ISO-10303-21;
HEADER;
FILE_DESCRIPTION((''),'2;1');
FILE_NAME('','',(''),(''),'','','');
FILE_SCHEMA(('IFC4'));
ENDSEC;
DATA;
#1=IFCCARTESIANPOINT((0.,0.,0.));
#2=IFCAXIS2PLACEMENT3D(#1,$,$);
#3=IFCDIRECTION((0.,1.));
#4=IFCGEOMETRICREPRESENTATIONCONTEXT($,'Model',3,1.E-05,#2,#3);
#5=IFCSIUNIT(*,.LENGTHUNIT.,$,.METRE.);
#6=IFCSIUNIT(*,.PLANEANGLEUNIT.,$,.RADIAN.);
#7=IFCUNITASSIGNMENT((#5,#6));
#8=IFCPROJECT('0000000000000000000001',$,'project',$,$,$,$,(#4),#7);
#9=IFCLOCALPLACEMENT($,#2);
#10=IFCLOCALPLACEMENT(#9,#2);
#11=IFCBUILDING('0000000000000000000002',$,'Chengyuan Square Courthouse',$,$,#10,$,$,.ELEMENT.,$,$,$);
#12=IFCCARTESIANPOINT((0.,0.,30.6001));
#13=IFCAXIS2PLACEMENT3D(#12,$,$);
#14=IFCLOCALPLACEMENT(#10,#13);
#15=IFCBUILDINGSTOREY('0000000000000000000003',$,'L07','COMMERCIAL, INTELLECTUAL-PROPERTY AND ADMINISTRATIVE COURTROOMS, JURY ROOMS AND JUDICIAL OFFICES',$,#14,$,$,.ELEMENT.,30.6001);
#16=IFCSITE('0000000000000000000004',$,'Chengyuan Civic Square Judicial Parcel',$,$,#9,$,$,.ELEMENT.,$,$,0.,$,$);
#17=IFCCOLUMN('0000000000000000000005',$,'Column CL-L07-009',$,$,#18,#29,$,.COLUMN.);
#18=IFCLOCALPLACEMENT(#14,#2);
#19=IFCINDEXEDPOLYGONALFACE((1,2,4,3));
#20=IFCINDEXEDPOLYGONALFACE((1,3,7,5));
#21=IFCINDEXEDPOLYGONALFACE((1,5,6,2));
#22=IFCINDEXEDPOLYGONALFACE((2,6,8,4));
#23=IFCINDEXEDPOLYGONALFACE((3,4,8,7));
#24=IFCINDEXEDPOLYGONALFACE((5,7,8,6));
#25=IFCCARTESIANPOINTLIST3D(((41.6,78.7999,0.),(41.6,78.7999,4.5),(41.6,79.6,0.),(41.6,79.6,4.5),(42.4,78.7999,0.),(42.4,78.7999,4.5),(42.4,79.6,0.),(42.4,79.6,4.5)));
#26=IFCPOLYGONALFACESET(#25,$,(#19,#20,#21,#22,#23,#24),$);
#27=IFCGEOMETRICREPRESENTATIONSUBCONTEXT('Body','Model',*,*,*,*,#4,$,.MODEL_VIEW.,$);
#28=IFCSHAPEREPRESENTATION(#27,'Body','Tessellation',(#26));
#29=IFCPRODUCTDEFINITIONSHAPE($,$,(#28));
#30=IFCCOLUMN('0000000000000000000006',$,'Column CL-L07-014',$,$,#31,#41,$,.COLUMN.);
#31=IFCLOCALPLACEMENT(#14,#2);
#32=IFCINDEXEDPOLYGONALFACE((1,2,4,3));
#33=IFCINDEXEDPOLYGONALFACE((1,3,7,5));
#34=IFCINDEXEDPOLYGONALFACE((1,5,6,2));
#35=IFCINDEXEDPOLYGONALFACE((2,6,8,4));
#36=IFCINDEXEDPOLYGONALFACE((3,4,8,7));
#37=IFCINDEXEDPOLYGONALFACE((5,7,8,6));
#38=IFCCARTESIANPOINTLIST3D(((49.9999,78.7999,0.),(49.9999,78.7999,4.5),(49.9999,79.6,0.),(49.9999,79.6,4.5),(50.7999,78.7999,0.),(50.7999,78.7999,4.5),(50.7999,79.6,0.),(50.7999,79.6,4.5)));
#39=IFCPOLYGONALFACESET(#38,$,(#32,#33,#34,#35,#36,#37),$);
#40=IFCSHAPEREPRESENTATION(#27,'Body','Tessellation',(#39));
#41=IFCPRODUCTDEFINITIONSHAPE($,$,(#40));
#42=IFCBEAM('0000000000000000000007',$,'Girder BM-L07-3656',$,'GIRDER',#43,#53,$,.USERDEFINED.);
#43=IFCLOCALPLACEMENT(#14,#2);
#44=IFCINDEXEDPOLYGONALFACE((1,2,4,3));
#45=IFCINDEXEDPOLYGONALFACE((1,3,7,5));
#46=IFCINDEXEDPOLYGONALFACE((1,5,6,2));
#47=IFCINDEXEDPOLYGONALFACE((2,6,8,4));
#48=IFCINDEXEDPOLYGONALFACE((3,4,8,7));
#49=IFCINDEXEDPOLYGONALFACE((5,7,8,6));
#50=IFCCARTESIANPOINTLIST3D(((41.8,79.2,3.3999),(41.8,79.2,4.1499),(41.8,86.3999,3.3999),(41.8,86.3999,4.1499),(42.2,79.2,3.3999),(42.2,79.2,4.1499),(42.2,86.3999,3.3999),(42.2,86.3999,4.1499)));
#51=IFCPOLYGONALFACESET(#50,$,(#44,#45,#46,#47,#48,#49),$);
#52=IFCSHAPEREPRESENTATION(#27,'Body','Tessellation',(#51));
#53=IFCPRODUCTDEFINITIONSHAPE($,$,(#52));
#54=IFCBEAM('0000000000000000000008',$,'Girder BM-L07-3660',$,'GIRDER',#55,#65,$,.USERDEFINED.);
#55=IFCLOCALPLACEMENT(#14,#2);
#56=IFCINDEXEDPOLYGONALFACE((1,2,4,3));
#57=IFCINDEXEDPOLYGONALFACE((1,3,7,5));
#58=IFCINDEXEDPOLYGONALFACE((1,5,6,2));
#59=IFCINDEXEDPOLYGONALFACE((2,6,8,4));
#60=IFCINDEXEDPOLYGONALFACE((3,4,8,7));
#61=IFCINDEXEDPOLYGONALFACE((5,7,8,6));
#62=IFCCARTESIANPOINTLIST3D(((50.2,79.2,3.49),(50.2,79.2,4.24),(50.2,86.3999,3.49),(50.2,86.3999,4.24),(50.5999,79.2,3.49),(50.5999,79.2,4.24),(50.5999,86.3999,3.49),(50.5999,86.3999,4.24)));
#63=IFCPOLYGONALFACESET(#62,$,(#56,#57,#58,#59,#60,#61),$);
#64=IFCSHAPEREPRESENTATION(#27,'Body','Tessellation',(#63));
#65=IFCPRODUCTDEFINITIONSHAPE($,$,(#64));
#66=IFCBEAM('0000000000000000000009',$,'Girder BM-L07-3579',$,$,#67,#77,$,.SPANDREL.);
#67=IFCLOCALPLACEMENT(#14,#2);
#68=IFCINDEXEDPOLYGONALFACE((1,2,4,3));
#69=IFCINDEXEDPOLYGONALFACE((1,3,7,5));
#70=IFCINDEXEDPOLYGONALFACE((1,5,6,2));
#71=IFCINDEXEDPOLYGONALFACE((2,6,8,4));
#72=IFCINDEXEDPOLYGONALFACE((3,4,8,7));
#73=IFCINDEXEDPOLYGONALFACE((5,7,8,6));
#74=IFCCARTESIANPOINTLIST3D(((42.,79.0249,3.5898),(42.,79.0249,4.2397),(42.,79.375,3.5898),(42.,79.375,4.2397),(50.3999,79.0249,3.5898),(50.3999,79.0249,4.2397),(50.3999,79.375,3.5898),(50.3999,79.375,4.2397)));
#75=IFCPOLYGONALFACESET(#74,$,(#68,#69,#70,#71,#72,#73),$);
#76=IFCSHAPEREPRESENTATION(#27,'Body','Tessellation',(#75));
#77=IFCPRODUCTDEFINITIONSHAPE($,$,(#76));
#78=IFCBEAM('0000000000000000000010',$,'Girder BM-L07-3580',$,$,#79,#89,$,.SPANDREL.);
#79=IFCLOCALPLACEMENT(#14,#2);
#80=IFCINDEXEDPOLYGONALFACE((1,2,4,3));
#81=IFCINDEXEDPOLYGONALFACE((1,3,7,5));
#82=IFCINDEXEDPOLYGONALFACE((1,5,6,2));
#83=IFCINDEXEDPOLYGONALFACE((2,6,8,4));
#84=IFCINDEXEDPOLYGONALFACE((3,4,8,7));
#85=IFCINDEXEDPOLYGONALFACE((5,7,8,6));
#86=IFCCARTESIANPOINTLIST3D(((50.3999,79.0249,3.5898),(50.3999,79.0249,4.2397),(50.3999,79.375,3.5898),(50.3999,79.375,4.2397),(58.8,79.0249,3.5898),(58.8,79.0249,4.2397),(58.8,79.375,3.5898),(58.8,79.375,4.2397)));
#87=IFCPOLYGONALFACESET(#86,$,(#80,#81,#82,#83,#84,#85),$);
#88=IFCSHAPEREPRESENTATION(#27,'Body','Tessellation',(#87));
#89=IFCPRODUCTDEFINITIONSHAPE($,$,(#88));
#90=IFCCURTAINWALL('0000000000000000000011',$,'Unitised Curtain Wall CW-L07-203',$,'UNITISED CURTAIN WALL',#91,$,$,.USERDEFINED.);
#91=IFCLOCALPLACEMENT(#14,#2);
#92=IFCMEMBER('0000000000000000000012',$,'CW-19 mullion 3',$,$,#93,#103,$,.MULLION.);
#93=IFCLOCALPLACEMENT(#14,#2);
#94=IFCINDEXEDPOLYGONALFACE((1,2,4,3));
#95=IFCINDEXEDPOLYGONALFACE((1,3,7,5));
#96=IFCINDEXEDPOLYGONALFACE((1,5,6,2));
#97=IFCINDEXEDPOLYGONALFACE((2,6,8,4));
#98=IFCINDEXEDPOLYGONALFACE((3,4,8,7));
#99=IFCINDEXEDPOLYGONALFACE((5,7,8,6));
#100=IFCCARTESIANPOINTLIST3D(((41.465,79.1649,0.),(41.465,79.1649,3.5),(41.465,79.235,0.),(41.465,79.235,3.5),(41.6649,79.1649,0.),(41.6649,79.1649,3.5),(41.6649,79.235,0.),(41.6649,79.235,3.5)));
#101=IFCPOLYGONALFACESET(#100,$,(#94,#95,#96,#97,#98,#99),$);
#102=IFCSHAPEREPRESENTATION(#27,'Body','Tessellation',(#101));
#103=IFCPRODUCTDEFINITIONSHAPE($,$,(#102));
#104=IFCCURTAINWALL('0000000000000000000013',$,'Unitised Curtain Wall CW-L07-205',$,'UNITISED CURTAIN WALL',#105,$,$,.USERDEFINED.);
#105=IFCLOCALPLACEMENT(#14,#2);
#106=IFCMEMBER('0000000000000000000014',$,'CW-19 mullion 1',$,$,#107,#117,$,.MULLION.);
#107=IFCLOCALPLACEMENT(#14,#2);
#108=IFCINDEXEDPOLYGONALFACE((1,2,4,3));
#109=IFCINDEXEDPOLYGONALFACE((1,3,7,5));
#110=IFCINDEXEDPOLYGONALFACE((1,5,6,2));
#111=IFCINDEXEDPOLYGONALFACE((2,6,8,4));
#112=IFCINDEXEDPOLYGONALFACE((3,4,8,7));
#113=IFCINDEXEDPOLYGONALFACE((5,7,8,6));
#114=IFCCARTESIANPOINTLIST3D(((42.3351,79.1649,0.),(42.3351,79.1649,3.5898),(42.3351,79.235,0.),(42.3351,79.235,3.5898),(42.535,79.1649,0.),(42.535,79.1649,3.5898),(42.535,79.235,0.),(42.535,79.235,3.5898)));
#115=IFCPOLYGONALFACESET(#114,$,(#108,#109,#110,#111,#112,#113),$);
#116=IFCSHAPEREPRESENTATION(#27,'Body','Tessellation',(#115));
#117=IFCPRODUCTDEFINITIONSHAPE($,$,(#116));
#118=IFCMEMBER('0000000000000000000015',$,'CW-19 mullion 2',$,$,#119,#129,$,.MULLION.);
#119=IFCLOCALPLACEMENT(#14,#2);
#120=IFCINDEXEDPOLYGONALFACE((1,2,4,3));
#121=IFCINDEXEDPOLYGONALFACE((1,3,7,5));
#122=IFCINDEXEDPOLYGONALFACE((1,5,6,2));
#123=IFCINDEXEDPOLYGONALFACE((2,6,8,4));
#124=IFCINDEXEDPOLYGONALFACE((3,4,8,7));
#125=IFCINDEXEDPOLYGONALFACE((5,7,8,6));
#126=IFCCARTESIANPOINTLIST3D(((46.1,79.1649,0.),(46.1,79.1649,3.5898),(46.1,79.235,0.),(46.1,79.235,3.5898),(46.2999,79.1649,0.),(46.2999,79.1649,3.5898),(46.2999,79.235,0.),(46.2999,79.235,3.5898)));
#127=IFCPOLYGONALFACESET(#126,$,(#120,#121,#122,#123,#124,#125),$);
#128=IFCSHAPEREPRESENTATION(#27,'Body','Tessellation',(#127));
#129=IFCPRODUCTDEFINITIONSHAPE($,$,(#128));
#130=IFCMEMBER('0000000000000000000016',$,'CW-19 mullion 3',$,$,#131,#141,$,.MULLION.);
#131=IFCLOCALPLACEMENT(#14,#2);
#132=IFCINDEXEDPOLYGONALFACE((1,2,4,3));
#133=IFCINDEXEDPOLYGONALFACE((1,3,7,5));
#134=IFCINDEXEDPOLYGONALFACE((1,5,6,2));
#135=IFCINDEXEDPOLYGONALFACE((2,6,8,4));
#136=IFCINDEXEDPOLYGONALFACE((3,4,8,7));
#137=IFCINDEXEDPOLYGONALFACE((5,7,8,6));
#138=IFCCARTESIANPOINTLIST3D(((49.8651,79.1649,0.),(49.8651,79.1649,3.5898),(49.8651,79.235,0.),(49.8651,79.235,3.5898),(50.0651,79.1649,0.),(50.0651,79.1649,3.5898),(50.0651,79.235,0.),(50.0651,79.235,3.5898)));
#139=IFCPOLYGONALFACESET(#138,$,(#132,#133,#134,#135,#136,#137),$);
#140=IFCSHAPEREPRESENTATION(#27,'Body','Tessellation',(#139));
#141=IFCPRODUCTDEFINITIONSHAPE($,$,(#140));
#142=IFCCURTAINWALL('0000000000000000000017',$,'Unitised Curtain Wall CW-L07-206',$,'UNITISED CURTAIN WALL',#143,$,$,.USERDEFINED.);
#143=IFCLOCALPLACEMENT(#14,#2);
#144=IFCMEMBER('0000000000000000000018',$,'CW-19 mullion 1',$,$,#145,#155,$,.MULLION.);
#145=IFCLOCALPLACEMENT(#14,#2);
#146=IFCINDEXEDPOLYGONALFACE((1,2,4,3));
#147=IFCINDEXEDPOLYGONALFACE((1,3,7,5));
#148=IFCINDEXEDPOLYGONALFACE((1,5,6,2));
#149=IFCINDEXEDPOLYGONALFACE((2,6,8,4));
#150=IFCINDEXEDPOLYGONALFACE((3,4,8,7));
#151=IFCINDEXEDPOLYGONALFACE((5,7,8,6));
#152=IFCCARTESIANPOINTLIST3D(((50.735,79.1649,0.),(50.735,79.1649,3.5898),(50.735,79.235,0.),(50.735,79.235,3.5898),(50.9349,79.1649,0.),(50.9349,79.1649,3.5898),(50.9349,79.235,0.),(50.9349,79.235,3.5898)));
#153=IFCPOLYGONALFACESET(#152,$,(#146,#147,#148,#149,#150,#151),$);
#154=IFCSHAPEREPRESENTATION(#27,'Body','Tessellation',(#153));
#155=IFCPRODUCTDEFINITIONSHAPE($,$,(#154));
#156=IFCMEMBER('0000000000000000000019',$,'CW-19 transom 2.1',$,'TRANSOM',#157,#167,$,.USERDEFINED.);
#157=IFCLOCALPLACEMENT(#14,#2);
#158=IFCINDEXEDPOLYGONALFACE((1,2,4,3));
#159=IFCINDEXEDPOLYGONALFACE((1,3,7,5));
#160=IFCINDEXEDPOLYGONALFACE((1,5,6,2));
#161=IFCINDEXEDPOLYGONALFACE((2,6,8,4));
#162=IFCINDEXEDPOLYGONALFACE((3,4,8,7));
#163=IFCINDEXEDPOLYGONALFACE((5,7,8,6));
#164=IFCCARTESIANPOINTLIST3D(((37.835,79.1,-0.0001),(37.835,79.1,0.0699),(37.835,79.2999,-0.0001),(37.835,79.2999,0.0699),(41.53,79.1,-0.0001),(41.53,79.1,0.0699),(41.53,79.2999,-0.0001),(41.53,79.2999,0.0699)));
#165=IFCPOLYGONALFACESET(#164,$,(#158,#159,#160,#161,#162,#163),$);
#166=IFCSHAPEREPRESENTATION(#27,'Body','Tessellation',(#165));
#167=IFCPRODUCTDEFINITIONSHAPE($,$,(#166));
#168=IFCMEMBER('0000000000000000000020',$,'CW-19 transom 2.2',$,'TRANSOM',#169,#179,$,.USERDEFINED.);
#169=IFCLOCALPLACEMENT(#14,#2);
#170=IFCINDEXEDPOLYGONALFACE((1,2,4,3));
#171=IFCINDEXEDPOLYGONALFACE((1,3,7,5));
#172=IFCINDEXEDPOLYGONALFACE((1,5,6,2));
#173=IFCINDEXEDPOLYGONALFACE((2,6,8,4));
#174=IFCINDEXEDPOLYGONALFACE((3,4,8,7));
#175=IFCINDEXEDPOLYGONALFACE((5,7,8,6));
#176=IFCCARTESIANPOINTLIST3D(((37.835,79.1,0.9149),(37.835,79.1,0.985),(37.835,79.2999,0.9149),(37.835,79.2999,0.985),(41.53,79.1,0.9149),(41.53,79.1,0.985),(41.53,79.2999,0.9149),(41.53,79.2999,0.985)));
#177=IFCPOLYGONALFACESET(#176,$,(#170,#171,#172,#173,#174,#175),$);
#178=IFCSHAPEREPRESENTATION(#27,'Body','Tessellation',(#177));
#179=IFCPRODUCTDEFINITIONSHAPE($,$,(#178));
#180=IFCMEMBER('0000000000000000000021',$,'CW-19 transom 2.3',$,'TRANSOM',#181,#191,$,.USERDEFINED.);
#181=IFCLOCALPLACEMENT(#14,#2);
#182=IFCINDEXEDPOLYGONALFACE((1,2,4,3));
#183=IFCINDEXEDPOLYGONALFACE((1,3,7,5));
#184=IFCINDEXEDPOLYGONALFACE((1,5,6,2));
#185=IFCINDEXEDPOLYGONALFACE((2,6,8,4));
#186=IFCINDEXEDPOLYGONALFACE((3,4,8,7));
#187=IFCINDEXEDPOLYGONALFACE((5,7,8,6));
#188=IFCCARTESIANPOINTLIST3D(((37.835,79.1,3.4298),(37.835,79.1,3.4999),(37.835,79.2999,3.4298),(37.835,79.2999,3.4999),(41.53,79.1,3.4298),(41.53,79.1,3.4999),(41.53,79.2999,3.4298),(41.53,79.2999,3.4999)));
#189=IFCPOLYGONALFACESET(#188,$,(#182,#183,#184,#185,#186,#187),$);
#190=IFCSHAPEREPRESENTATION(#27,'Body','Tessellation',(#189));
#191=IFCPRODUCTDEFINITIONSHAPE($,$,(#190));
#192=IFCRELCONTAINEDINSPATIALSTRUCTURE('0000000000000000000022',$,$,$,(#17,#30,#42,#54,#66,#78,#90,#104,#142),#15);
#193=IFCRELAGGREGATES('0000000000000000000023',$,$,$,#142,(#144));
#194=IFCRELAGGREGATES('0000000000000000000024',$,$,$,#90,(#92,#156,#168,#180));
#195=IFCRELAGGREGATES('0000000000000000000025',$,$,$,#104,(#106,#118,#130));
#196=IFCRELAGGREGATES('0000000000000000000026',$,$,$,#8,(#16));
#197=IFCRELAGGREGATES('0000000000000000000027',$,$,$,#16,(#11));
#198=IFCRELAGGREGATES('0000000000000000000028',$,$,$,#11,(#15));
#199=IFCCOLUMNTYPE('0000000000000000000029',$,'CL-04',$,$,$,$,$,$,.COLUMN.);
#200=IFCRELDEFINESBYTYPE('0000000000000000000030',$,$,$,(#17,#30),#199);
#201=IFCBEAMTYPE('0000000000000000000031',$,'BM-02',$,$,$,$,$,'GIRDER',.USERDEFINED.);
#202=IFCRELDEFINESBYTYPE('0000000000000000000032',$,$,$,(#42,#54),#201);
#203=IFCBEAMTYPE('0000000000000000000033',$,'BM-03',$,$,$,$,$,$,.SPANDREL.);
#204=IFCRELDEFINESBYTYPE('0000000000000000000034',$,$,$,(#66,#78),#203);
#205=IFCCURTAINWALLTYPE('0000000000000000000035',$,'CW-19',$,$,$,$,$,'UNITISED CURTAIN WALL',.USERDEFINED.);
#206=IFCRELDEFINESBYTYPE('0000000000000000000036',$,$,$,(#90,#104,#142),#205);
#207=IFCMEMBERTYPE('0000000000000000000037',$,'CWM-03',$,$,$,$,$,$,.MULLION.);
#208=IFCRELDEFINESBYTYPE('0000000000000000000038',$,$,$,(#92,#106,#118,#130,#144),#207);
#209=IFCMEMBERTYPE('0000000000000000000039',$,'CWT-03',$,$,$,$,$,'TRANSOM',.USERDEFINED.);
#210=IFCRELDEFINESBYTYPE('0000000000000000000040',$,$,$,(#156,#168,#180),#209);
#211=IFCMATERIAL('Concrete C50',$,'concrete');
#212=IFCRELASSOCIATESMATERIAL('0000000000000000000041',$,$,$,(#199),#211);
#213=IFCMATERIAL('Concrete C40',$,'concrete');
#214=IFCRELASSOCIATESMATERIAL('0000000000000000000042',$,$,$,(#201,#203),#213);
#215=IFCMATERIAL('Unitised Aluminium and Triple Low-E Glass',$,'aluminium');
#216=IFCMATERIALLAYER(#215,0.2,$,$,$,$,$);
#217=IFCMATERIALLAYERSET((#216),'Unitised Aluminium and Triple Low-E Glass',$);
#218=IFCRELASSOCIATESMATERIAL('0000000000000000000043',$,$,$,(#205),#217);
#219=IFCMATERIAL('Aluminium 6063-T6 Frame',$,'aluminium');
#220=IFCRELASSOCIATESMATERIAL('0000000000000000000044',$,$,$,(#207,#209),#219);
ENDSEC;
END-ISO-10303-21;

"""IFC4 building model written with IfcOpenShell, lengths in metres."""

from ifc_helpers import new_model, si_unit, direction, frame, origin, origin_2d, place, context, subcontext, project, spatial, rectangle, extrude, material, layer, layer_set, material_profile, profile_set, type_object, element, aggregate, save


model = new_model("IFC4")

# Units and contexts
model_context = context("Model", 3, precision=1e-05, world=origin(), true_north=direction((0.0, 1.0)))
body_context = subcontext(model_context, "Body", "Model", "MODEL_VIEW")
ifc_project = project(units=[si_unit("LENGTHUNIT", "METRE"), si_unit("PLANEANGLEUNIT", "RADIAN")], contexts=[model_context])

# Site, building, storey
site_placement = place(None, origin())
site = spatial("IfcSite", under=ifc_project, at=site_placement, Name="Chengyuan Civic Square Judicial Parcel", CompositionType="ELEMENT", RefElevation=0.0)
building_placement = place(site_placement, origin())
building = spatial("IfcBuilding", under=site, at=building_placement, Name="Chengyuan Square Courthouse", CompositionType="ELEMENT")
storey_placement = place(building_placement, frame((0.0, 0.0, 30.6001)))
storey = spatial("IfcBuildingStorey", under=building, at=storey_placement, Name="L07", Description="COMMERCIAL, INTELLECTUAL-PROPERTY AND ADMINISTRATIVE COURTROOMS, JURY ROOMS AND JUDICIAL OFFICES", CompositionType="ELEMENT", Elevation=30.6001)

# Columns
ifc_material_1 = material(Name="Concrete C50", Category="concrete")
ifc_material_profile_1 = material_profile(ifc_material_1, rectangle(XDim=0.8, YDim=0.8, at=origin_2d()), Name="RC-COL-800x800")
ifc_profile_set_1 = profile_set([ifc_material_profile_1], Name="Concrete C50")
column_type = type_object("IfcColumnType", Name="CL-04", PredefinedType="COLUMN", material=ifc_profile_set_1)
for number, where, z_axis, x_axis, name in (
    (1, (42.0, 79.2, 0.0), (0.0, 0.0, 1.0), (1.0, 0.0, 0.0), "Column CL-L07-009"),
    (2, (50.3999, 79.2, 0.0), (0.0, 0.0, 1.0), (1.0, 0.0, 0.0), "Column CL-L07-014"),
):
    element("IfcColumn", number, at=place(storey_placement, frame(where, z_axis=z_axis, x_axis=x_axis)), inside=storey, type_object=column_type, Name=name, PredefinedType="COLUMN", context=body_context, shape_type="SweptSolid", body=[
        extrude(rectangle(XDim=0.8, YDim=0.8, at=origin_2d()), origin(), (0.0, 0.0, 1.0), 4.5),
    ])

# Beams
ifc_material_2 = material(Name="Concrete C40", Category="concrete")
ifc_material_profile_2 = material_profile(ifc_material_2, rectangle(XDim=0.3999, YDim=0.75, at=origin_2d()), Name="RC-BM-400x750")
ifc_profile_set_2 = profile_set([ifc_material_profile_2], Name="Concrete C40")
beam_type_1 = type_object("IfcBeamType", Name="BM-02", ElementType="GIRDER", PredefinedType="USERDEFINED", material=ifc_profile_set_2)
for number, where, z_axis, x_axis, name in (
    (3, (42.0, 79.2, 3.7749), (0.0, 1.0, 0.0), (-1.0, 0.0, 0.0), "Girder BM-L07-3656"),
    (4, (50.3999, 79.2, 3.865), (0.0, 1.0, 0.0), (-1.0, 0.0, 0.0), "Girder BM-L07-3660"),
):
    element("IfcBeam", number, at=place(storey_placement, frame(where, z_axis=z_axis, x_axis=x_axis)), inside=storey, type_object=beam_type_1, Name=name, ObjectType="GIRDER", PredefinedType="USERDEFINED", context=body_context, shape_type="SweptSolid", body=[
        extrude(rectangle(XDim=0.3999, YDim=0.75, at=origin_2d()), origin(), (0.0, 0.0, 1.0), 7.2),
    ])
ifc_material_profile_3 = material_profile(ifc_material_2, rectangle(XDim=0.3501, YDim=0.6499, at=origin_2d()), Name="RC-BM-350x650")
ifc_profile_set_3 = profile_set([ifc_material_profile_3], Name="Concrete C40")
beam_type_2 = type_object("IfcBeamType", Name="BM-03", PredefinedType="SPANDREL", material=ifc_profile_set_3)
beam_1_placement = place(storey_placement, frame((42.0, 79.2, 3.9148), z_axis=(1.0, 0.0, 0.0), x_axis=(0.0, 1.0, 0.0)))
element("IfcBeam", 5, at=beam_1_placement, inside=storey, type_object=beam_type_2, Name="Girder BM-L07-3579", PredefinedType="SPANDREL", context=body_context, shape_type="SweptSolid", body=[
    extrude(rectangle(XDim=0.3501, YDim=0.6499, at=origin_2d()), origin(), (0.0, 0.0, 1.0), 8.3999),
])
beam_2_placement = place(storey_placement, frame((50.3999, 79.2, 3.9148), z_axis=(1.0, 0.0, 0.0), x_axis=(0.0, 1.0, 0.0)))
element("IfcBeam", 6, at=beam_2_placement, inside=storey, type_object=beam_type_2, Name="Girder BM-L07-3580", PredefinedType="SPANDREL", context=body_context, shape_type="SweptSolid", body=[
    extrude(rectangle(XDim=0.3501, YDim=0.6499, at=origin_2d()), origin(), (0.0, 0.0, 1.0), 8.4001),
])

# Curtain wall, member
ifc_material_3 = material(Name="Unitised Aluminium and Triple Low-E Glass", Category="aluminium")
ifc_layer_1 = layer(ifc_material_3, 0.2)
ifc_layer_set_1 = layer_set([ifc_layer_1], Name="Unitised Aluminium and Triple Low-E Glass")
curtain_wall_type = type_object("IfcCurtainWallType", Name="CW-19", ElementType="UNITISED CURTAIN WALL", PredefinedType="USERDEFINED", material=ifc_layer_set_1)
curtain_wall_1_placement = place(storey_placement, origin())
curtain_wall_1 = element("IfcCurtainWall", 7, at=curtain_wall_1_placement, inside=storey, type_object=curtain_wall_type, Name="Unitised Curtain Wall CW-L07-203", ObjectType="UNITISED CURTAIN WALL", PredefinedType="USERDEFINED")
ifc_material_4 = material(Name="Aluminium 6063-T6 Frame", Category="aluminium")
ifc_material_profile_4 = material_profile(ifc_material_4, rectangle(XDim=0.0701, YDim=0.2, at=origin_2d()), Name="CW-MUL-70x200")
ifc_profile_set_4 = profile_set([ifc_material_profile_4], Name="Aluminium 6063-T6 Frame")
member_type_1 = type_object("IfcMemberType", Name="CWM-03", PredefinedType="MULLION", material=ifc_profile_set_4)
member_1_placement = place(storey_placement, frame((41.5649, 79.2, 0.0), z_axis=(0.0, 0.0, 1.0), x_axis=(0.0, 1.0, 0.0)))
member_1 = element("IfcMember", 8, at=member_1_placement, type_object=member_type_1, Name="CW-19 mullion 3", PredefinedType="MULLION", context=body_context, shape_type="SweptSolid", body=[
    extrude(rectangle(XDim=0.0701, YDim=0.2, at=origin_2d()), origin(), (0.0, 0.0, 1.0), 3.5),
])

# Curtain wall, members
curtain_wall_2_placement = place(storey_placement, origin())
curtain_wall_2 = element("IfcCurtainWall", 9, at=curtain_wall_2_placement, inside=storey, type_object=curtain_wall_type, Name="Unitised Curtain Wall CW-L07-205", ObjectType="UNITISED CURTAIN WALL", PredefinedType="USERDEFINED")
member_2_placement = place(storey_placement, frame((42.4351, 79.2, 0.0), z_axis=(0.0, 0.0, 1.0), x_axis=(0.0, 1.0, 0.0)))
member_2 = element("IfcMember", 10, at=member_2_placement, type_object=member_type_1, Name="CW-19 mullion 1", PredefinedType="MULLION", context=body_context, shape_type="SweptSolid", body=[
    extrude(rectangle(XDim=0.0701, YDim=0.2, at=origin_2d()), origin(), (0.0, 0.0, 1.0), 3.5898),
])
member_3_placement = place(storey_placement, frame((46.2, 79.2, 0.0), z_axis=(0.0, 0.0, 1.0), x_axis=(0.0, 1.0, 0.0)))
member_3 = element("IfcMember", 11, at=member_3_placement, type_object=member_type_1, Name="CW-19 mullion 2", PredefinedType="MULLION", context=body_context, shape_type="SweptSolid", body=[
    extrude(rectangle(XDim=0.0701, YDim=0.2, at=origin_2d()), origin(), (0.0, 0.0, 1.0), 3.5898),
])
member_4_placement = place(storey_placement, frame((49.9651, 79.2, 0.0), z_axis=(0.0, 0.0, 1.0), x_axis=(0.0, 1.0, 0.0)))
member_4 = element("IfcMember", 12, at=member_4_placement, type_object=member_type_1, Name="CW-19 mullion 3", PredefinedType="MULLION", context=body_context, shape_type="SweptSolid", body=[
    extrude(rectangle(XDim=0.0701, YDim=0.2, at=origin_2d()), origin(), (0.0, 0.0, 1.0), 3.5898),
])

# Curtain wall, member
curtain_wall_3_placement = place(storey_placement, origin())
curtain_wall_3 = element("IfcCurtainWall", 13, at=curtain_wall_3_placement, inside=storey, type_object=curtain_wall_type, Name="Unitised Curtain Wall CW-L07-206", ObjectType="UNITISED CURTAIN WALL", PredefinedType="USERDEFINED")
member_5_placement = place(storey_placement, frame((50.835, 79.2, 0.0), z_axis=(0.0, 0.0, 1.0), x_axis=(0.0, 1.0, 0.0)))
member_5 = element("IfcMember", 14, at=member_5_placement, type_object=member_type_1, Name="CW-19 mullion 1", PredefinedType="MULLION", context=body_context, shape_type="SweptSolid", body=[
    extrude(rectangle(XDim=0.0701, YDim=0.2, at=origin_2d()), origin(), (0.0, 0.0, 1.0), 3.5898),
])

# Members
ifc_material_profile_5 = material_profile(ifc_material_4, rectangle(XDim=0.2, YDim=0.0701, at=origin_2d()), Name="CW-TRN-70x160")
ifc_profile_set_5 = profile_set([ifc_material_profile_5], Name="Aluminium 6063-T6 Frame")
member_type_2 = type_object("IfcMemberType", Name="CWT-03", ElementType="TRANSOM", PredefinedType="USERDEFINED", material=ifc_profile_set_5)
member_6_placement = place(storey_placement, frame((37.835, 79.2, 0.0349), z_axis=(1.0, 0.0, 0.0), x_axis=(0.0, 1.0, 0.0)))
member_6 = element("IfcMember", 15, at=member_6_placement, type_object=member_type_2, Name="CW-19 transom 2.1", ObjectType="TRANSOM", PredefinedType="USERDEFINED", context=body_context, shape_type="SweptSolid", body=[
    extrude(rectangle(XDim=0.2, YDim=0.0701, at=origin_2d()), origin(), (0.0, 0.0, 1.0), 3.6951),
])
member_7_placement = place(storey_placement, frame((37.835, 79.2, 0.95), z_axis=(1.0, 0.0, 0.0), x_axis=(0.0, 1.0, 0.0)))
member_7 = element("IfcMember", 16, at=member_7_placement, type_object=member_type_2, Name="CW-19 transom 2.2", ObjectType="TRANSOM", PredefinedType="USERDEFINED", context=body_context, shape_type="SweptSolid", body=[
    extrude(rectangle(XDim=0.2, YDim=0.0701, at=origin_2d()), origin(), (0.0, 0.0, 1.0), 3.6951),
])
member_8_placement = place(storey_placement, frame((37.835, 79.2, 3.4648), z_axis=(1.0, 0.0, 0.0), x_axis=(0.0, 1.0, 0.0)))
member_8 = element("IfcMember", 17, at=member_8_placement, type_object=member_type_2, Name="CW-19 transom 2.3", ObjectType="TRANSOM", PredefinedType="USERDEFINED", context=body_context, shape_type="SweptSolid", body=[
    extrude(rectangle(XDim=0.2, YDim=0.0701, at=origin_2d()), origin(), (0.0, 0.0, 1.0), 3.6951),
])
aggregate(curtain_wall_3, [member_5])

aggregate(curtain_wall_1, [member_1, member_6, member_7, member_8])
aggregate(curtain_wall_2, [member_2, member_3, member_4])

save(model, "model.ifc")
